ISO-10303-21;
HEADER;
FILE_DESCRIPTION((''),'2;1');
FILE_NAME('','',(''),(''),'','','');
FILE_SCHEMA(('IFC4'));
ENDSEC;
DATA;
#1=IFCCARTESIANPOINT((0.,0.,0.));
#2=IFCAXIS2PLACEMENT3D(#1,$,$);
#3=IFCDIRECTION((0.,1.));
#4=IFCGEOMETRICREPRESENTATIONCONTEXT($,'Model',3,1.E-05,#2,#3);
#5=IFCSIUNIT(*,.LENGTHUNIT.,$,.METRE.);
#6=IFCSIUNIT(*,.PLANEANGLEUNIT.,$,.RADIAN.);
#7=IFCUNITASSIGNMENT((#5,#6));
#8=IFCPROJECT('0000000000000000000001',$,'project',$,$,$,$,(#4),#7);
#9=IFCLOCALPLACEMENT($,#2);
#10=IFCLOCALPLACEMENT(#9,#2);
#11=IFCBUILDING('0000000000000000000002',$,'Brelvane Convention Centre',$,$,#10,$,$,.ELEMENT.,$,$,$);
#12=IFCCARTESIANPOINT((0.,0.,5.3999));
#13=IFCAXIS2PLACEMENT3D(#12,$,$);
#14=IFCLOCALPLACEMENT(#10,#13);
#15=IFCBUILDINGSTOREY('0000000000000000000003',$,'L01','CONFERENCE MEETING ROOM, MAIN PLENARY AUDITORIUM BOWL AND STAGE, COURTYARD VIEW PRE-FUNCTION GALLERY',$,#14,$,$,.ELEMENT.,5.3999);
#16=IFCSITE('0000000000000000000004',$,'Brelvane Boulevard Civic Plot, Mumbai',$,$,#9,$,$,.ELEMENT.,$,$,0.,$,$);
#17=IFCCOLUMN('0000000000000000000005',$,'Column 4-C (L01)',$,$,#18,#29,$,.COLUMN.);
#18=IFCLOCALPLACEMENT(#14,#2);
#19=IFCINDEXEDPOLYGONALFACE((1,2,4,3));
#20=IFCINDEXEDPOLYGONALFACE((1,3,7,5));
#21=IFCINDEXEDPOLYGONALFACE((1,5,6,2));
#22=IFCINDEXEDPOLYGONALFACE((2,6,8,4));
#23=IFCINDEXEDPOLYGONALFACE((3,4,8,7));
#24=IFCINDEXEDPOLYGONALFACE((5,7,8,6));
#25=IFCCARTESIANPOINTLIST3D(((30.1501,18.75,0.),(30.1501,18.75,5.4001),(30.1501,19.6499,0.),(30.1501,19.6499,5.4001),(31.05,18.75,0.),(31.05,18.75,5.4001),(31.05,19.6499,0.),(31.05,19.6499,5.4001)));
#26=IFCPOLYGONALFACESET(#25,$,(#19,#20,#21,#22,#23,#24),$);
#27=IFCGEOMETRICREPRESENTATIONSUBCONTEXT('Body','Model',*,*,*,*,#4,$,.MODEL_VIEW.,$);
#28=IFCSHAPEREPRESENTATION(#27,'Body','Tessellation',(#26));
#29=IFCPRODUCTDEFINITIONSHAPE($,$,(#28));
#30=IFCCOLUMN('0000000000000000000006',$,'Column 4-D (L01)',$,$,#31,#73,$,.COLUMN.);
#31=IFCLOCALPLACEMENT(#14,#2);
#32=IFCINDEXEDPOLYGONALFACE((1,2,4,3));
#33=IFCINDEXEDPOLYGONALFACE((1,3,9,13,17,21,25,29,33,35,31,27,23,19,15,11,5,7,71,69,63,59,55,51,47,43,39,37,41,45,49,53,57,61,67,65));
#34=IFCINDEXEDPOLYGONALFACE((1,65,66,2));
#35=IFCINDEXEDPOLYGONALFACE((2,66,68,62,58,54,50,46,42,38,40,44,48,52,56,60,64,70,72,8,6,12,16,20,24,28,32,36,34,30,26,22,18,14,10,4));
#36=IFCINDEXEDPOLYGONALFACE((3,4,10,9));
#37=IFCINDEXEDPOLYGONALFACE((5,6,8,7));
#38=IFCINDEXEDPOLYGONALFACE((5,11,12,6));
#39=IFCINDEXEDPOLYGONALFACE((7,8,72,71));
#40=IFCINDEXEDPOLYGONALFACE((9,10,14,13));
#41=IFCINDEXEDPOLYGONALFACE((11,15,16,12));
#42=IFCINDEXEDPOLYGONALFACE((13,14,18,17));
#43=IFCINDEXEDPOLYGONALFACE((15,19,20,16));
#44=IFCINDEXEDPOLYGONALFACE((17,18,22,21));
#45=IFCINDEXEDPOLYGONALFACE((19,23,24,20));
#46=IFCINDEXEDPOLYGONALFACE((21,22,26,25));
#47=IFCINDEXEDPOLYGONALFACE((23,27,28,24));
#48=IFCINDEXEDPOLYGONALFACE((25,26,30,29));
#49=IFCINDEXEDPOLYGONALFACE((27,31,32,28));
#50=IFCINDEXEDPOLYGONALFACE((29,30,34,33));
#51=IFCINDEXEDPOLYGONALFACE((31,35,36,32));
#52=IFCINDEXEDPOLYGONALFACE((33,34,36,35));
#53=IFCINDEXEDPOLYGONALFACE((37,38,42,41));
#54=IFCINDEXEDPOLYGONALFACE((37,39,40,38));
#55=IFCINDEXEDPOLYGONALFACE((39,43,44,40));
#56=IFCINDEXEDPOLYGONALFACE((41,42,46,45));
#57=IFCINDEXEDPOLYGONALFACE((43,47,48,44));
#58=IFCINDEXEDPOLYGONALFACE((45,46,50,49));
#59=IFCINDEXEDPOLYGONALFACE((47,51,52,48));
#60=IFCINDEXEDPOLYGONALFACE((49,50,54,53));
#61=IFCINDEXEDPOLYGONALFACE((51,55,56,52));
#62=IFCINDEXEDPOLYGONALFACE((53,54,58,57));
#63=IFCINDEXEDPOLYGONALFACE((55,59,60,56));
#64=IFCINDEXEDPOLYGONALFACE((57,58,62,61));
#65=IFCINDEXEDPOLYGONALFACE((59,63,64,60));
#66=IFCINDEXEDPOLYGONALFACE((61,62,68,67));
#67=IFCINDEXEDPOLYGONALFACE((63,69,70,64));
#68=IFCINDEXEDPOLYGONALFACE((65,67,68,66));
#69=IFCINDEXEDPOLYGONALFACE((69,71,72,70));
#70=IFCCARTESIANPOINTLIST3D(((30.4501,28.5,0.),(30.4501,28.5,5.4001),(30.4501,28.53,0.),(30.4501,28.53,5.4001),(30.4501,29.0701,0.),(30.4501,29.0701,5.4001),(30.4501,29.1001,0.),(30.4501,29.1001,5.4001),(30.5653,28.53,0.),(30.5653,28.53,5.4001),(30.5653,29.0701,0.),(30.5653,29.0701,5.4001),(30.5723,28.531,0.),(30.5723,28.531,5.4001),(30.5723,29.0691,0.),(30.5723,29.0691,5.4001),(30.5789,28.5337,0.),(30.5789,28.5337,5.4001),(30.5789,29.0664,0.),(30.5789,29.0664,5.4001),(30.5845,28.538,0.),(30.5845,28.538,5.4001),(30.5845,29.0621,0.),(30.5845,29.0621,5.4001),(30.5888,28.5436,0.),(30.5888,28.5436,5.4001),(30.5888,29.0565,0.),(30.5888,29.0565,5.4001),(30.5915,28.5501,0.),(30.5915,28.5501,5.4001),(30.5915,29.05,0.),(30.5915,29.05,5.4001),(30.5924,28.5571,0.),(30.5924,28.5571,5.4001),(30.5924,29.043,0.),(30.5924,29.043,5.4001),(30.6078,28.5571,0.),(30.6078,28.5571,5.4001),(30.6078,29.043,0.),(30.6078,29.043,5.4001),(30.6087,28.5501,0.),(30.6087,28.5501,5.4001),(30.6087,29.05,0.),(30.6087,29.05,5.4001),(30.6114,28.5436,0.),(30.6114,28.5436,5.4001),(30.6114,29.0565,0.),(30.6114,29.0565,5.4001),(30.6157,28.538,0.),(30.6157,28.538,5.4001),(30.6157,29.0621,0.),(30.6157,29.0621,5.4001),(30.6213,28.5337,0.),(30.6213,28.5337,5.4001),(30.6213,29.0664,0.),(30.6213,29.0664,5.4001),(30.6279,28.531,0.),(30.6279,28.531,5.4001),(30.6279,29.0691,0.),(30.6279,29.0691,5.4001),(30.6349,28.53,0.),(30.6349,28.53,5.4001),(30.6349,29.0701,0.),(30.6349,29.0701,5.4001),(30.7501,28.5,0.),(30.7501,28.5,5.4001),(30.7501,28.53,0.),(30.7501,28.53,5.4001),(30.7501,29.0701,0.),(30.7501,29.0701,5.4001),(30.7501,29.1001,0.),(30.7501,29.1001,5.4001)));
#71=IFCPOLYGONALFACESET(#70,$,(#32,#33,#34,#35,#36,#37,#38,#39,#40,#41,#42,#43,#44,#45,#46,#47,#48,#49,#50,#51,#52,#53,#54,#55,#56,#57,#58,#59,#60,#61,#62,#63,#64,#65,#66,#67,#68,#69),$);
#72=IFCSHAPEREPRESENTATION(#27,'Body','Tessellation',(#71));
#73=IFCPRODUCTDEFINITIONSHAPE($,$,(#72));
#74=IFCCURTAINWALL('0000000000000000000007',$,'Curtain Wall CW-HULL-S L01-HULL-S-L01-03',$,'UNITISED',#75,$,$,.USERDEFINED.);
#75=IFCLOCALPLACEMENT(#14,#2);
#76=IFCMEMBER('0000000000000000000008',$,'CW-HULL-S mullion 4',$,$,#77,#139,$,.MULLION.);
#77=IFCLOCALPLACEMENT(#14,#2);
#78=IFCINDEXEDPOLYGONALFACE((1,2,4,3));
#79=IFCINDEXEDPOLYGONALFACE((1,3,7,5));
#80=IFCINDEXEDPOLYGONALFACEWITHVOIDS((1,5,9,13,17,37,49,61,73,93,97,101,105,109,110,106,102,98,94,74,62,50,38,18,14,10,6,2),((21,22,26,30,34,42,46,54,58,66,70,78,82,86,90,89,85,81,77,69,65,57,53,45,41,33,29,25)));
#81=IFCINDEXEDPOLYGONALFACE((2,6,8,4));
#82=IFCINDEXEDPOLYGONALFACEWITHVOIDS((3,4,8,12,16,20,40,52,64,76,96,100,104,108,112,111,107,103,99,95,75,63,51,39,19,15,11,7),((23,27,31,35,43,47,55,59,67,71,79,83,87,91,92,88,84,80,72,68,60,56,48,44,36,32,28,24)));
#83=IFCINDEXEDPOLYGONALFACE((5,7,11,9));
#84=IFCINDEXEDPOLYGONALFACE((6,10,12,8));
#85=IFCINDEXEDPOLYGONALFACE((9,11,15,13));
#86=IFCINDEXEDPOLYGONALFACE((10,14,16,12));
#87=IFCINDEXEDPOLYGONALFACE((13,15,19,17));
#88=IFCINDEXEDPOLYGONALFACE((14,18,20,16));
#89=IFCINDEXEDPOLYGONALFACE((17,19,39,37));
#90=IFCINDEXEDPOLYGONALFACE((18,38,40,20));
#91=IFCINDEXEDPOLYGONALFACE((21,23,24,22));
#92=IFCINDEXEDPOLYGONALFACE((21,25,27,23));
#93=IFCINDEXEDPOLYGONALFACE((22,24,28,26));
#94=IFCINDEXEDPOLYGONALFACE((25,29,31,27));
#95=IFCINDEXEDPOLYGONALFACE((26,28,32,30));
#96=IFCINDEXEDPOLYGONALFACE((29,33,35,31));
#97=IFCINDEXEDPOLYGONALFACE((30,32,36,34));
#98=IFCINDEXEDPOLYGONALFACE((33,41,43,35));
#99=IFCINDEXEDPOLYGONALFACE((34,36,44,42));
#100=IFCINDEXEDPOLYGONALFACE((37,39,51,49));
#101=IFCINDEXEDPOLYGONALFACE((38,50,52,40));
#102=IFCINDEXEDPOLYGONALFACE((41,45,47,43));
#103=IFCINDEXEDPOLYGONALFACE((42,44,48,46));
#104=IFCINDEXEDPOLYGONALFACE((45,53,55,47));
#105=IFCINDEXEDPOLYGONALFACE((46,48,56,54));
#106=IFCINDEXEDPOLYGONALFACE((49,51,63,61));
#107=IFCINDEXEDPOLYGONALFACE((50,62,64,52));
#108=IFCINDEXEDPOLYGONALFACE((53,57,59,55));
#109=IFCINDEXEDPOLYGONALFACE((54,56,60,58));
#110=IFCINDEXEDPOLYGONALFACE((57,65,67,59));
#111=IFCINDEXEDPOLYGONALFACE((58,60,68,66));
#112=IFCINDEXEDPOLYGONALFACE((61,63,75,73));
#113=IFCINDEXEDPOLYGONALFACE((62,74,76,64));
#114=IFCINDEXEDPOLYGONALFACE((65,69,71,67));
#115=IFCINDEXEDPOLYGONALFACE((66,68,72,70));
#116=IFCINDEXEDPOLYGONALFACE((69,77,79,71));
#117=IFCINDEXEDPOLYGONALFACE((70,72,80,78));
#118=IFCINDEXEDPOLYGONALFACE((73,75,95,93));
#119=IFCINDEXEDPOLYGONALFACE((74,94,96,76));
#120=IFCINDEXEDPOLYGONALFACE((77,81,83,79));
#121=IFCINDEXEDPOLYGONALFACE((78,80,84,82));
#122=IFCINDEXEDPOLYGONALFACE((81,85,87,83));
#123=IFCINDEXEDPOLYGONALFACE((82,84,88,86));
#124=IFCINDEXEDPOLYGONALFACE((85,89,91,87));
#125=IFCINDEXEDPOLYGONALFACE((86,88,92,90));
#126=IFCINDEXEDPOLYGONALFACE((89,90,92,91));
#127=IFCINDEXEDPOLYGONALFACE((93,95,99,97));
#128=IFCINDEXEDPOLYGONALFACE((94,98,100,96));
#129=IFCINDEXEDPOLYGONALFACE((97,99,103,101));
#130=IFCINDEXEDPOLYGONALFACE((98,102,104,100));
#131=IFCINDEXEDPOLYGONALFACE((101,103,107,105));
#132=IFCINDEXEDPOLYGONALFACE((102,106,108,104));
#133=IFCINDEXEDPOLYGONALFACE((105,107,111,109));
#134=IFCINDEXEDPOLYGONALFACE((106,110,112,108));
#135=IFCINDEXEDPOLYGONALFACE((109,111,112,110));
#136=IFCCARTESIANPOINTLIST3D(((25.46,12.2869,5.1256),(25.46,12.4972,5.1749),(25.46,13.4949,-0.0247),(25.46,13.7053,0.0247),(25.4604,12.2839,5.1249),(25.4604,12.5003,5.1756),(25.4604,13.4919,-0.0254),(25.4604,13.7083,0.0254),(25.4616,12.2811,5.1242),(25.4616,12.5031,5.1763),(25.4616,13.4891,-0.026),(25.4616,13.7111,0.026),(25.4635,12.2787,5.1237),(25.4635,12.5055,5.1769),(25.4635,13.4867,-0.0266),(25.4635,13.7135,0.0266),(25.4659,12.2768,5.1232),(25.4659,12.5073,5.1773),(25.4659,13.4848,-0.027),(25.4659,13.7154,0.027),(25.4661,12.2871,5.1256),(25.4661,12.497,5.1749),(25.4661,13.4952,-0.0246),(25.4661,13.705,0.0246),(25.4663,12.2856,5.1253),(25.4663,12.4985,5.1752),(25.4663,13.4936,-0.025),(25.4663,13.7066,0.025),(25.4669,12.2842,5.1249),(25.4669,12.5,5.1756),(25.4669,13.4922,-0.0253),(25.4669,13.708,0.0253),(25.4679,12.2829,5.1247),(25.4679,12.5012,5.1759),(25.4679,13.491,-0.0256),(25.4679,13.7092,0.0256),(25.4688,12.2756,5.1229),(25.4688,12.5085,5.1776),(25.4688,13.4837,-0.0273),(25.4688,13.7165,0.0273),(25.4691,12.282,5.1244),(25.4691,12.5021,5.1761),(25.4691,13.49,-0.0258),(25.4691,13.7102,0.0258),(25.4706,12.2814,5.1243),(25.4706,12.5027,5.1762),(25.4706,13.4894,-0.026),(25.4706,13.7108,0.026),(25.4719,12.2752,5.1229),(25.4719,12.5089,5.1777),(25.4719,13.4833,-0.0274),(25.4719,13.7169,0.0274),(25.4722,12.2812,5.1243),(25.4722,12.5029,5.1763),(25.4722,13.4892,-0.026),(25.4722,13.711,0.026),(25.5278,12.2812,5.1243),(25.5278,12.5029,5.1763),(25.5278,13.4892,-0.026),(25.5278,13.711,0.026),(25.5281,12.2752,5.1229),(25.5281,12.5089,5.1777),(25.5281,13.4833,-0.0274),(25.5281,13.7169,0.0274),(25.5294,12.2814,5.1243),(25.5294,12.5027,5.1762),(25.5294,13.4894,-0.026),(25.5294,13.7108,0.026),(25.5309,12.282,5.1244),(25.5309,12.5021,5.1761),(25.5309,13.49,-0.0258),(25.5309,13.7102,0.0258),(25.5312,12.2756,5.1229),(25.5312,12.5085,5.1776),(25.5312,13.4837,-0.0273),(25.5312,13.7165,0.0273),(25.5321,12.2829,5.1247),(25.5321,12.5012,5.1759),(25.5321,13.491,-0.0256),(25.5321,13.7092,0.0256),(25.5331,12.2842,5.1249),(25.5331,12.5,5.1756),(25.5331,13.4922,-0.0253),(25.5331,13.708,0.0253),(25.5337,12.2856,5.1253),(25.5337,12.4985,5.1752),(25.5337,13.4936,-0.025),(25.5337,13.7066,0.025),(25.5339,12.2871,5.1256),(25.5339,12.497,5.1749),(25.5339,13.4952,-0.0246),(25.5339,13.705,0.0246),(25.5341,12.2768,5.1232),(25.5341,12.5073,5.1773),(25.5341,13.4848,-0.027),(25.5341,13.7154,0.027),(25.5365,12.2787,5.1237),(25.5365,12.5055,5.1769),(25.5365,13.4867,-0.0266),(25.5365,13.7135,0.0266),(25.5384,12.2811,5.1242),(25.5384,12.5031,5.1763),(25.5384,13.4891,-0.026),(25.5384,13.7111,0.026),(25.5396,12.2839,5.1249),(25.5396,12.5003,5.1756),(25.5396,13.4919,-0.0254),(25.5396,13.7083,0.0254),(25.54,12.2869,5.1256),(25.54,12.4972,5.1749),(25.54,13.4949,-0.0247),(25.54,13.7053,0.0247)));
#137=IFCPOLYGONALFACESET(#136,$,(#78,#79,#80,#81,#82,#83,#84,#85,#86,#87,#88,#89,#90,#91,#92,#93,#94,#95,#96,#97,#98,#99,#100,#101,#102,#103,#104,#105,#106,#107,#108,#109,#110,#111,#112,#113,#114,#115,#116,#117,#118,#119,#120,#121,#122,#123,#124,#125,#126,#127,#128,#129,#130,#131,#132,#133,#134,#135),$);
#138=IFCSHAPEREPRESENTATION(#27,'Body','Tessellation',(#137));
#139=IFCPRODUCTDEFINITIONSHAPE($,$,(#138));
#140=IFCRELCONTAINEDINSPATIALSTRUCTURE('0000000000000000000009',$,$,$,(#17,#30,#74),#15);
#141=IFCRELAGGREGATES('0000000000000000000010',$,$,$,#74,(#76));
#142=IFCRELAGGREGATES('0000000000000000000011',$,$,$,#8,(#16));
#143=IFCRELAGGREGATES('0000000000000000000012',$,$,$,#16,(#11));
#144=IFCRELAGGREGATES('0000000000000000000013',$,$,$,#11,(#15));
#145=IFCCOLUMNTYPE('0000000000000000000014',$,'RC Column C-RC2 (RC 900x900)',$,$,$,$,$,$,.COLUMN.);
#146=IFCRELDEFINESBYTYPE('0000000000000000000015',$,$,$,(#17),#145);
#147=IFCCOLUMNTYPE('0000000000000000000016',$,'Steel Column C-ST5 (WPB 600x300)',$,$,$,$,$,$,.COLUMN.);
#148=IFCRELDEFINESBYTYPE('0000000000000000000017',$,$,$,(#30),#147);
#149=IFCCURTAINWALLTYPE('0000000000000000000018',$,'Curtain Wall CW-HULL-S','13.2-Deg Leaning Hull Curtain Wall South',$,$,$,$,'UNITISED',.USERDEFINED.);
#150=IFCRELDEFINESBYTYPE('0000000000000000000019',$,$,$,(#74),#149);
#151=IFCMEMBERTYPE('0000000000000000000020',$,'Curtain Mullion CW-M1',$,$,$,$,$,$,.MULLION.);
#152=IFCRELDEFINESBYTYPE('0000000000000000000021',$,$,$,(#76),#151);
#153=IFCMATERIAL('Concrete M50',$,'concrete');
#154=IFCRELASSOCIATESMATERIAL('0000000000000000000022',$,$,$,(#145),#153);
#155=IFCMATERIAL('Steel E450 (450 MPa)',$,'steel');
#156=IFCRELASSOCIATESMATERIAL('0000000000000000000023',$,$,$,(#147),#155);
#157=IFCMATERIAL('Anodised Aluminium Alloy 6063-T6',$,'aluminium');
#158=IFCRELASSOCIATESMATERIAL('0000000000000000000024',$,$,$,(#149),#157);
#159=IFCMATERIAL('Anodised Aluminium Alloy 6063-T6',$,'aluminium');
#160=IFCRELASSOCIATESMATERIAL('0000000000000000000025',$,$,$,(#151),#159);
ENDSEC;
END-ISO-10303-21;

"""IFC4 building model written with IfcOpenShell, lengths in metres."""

from ifc_helpers import new_model, si_unit, direction, frame, origin, origin_2d, place, context, subcontext, project, spatial, rectangle, hollow_rectangle, i_section, extrude, material, material_profile, profile_set, type_object, element, aggregate, save


model = new_model("IFC4")

# Units and contexts
model_context = context("Model", 3, precision=1e-05, world=origin(), true_north=direction((0.0, 1.0)))
body_context = subcontext(model_context, "Body", "Model", "MODEL_VIEW")
ifc_project = project(units=[si_unit("LENGTHUNIT", "METRE"), si_unit("PLANEANGLEUNIT", "RADIAN")], contexts=[model_context])

# Site, building, storey
site_placement = place(None, origin())
site = spatial("IfcSite", under=ifc_project, at=site_placement, Name="Brelvane Boulevard Civic Plot, Mumbai", CompositionType="ELEMENT", RefElevation=0.0)
building_placement = place(site_placement, origin())
building = spatial("IfcBuilding", under=site, at=building_placement, Name="Brelvane Convention Centre", CompositionType="ELEMENT")
storey_placement = place(building_placement, frame((0.0, 0.0, 5.3999)))
storey = spatial("IfcBuildingStorey", under=building, at=storey_placement, Name="L01", Description="CONFERENCE MEETING ROOM, MAIN PLENARY AUDITORIUM BOWL AND STAGE, COURTYARD VIEW PRE-FUNCTION GALLERY", CompositionType="ELEMENT", Elevation=5.3999)

# Columns
ifc_material_1 = material(Name="Concrete M50", Category="concrete")
ifc_material_profile_1 = material_profile(ifc_material_1, rectangle(XDim=0.8999, YDim=0.8999, at=origin_2d()), Name="RC 900x900")
ifc_profile_set_1 = profile_set([ifc_material_profile_1], Name="Concrete M50")
column_type_1 = type_object("IfcColumnType", Name="RC Column C-RC2 (RC 900x900)", PredefinedType="COLUMN", material=ifc_profile_set_1)
column_1_placement = place(storey_placement, frame((30.6001, 19.2, 0.0), z_axis=(0.0, 0.0, 1.0), x_axis=(1.0, 0.0, 0.0)))
element("IfcColumn", 1, at=column_1_placement, inside=storey, type_object=column_type_1, Name="Column 4-C (L01)", PredefinedType="COLUMN", context=body_context, shape_type="SweptSolid", body=[
    extrude(rectangle(XDim=0.8999, YDim=0.8999, at=origin_2d()), origin(), (0.0, 0.0, 1.0), 5.4001),
])
ifc_material_2 = material(Name="Steel E450 (450 MPa)", Category="steel")
ifc_material_profile_2 = material_profile(ifc_material_2, i_section(OverallWidth=0.3, OverallDepth=0.6001, WebThickness=0.0154, FlangeThickness=0.03, FilletRadius=0.0271, at=origin_2d()), Name="WPB 600x300")
ifc_profile_set_2 = profile_set([ifc_material_profile_2], Name="Steel E450 (450 MPa)")
column_type_2 = type_object("IfcColumnType", Name="Steel Column C-ST5 (WPB 600x300)", PredefinedType="COLUMN", material=ifc_profile_set_2)
column_2_placement = place(storey_placement, frame((30.6001, 28.8, 0.0), z_axis=(0.0, 0.0, 1.0), x_axis=(1.0, 0.0, 0.0)))
element("IfcColumn", 2, at=column_2_placement, inside=storey, type_object=column_type_2, Name="Column 4-D (L01)", PredefinedType="COLUMN", context=body_context, shape_type="SweptSolid", body=[
    extrude(i_section(OverallWidth=0.3, OverallDepth=0.6001, WebThickness=0.0154, FlangeThickness=0.03, FilletRadius=0.0271, at=origin_2d()), origin(), (0.0, 0.0, 1.0), 5.4001),
])

# Curtain wall, member
ifc_material_3 = material(Name="Anodised Aluminium Alloy 6063-T6", Category="aluminium")
curtain_wall_type = type_object("IfcCurtainWallType", Name="Curtain Wall CW-HULL-S", Description="13.2-Deg Leaning Hull Curtain Wall South", ElementType="UNITISED", PredefinedType="USERDEFINED", material=ifc_material_3)
curtain_wall_1_placement = place(storey_placement, origin())
curtain_wall_1 = element("IfcCurtainWall", 3, at=curtain_wall_1_placement, inside=storey, type_object=curtain_wall_type, Name="Curtain Wall CW-HULL-S L01-HULL-S-L01-03", ObjectType="UNITISED", PredefinedType="USERDEFINED")
ifc_material_4 = material(Name="Anodised Aluminium Alloy 6063-T6", Category="aluminium")
ifc_material_profile_3 = material_profile(ifc_material_4, hollow_rectangle(XDim=0.0801, YDim=0.24, WallThickness=0.0061, InnerFilletRadius=0.0061, OuterFilletRadius=0.012, at=origin_2d()), Name="ALU-M 240x80x6.0")
ifc_profile_set_3 = profile_set([ifc_material_profile_3], Name="Anodised Aluminium Alloy 6063-T6")
member_type_1 = type_object("IfcMemberType", Name="Curtain Mullion CW-M1", PredefinedType="MULLION", material=ifc_profile_set_3)
member_1_placement = place(storey_placement, frame((25.5, 13.6001, 0.0), z_axis=(0.0, -0.22836, 0.973577), x_axis=(1.0, 0.0, 0.0)))
member_1 = element("IfcMember", 4, at=member_1_placement, type_object=member_type_1, Name="CW-HULL-S mullion 4", PredefinedType="MULLION", context=body_context, shape_type="SweptSolid", body=[
    extrude(hollow_rectangle(XDim=0.0801, YDim=0.24, WallThickness=0.0061, InnerFilletRadius=0.0061, OuterFilletRadius=0.012, at=origin_2d()), origin(), (0.0, 0.0, 1.0), 5.29),
])

aggregate(curtain_wall_1, [member_1])

save(model, "model.ifc")
